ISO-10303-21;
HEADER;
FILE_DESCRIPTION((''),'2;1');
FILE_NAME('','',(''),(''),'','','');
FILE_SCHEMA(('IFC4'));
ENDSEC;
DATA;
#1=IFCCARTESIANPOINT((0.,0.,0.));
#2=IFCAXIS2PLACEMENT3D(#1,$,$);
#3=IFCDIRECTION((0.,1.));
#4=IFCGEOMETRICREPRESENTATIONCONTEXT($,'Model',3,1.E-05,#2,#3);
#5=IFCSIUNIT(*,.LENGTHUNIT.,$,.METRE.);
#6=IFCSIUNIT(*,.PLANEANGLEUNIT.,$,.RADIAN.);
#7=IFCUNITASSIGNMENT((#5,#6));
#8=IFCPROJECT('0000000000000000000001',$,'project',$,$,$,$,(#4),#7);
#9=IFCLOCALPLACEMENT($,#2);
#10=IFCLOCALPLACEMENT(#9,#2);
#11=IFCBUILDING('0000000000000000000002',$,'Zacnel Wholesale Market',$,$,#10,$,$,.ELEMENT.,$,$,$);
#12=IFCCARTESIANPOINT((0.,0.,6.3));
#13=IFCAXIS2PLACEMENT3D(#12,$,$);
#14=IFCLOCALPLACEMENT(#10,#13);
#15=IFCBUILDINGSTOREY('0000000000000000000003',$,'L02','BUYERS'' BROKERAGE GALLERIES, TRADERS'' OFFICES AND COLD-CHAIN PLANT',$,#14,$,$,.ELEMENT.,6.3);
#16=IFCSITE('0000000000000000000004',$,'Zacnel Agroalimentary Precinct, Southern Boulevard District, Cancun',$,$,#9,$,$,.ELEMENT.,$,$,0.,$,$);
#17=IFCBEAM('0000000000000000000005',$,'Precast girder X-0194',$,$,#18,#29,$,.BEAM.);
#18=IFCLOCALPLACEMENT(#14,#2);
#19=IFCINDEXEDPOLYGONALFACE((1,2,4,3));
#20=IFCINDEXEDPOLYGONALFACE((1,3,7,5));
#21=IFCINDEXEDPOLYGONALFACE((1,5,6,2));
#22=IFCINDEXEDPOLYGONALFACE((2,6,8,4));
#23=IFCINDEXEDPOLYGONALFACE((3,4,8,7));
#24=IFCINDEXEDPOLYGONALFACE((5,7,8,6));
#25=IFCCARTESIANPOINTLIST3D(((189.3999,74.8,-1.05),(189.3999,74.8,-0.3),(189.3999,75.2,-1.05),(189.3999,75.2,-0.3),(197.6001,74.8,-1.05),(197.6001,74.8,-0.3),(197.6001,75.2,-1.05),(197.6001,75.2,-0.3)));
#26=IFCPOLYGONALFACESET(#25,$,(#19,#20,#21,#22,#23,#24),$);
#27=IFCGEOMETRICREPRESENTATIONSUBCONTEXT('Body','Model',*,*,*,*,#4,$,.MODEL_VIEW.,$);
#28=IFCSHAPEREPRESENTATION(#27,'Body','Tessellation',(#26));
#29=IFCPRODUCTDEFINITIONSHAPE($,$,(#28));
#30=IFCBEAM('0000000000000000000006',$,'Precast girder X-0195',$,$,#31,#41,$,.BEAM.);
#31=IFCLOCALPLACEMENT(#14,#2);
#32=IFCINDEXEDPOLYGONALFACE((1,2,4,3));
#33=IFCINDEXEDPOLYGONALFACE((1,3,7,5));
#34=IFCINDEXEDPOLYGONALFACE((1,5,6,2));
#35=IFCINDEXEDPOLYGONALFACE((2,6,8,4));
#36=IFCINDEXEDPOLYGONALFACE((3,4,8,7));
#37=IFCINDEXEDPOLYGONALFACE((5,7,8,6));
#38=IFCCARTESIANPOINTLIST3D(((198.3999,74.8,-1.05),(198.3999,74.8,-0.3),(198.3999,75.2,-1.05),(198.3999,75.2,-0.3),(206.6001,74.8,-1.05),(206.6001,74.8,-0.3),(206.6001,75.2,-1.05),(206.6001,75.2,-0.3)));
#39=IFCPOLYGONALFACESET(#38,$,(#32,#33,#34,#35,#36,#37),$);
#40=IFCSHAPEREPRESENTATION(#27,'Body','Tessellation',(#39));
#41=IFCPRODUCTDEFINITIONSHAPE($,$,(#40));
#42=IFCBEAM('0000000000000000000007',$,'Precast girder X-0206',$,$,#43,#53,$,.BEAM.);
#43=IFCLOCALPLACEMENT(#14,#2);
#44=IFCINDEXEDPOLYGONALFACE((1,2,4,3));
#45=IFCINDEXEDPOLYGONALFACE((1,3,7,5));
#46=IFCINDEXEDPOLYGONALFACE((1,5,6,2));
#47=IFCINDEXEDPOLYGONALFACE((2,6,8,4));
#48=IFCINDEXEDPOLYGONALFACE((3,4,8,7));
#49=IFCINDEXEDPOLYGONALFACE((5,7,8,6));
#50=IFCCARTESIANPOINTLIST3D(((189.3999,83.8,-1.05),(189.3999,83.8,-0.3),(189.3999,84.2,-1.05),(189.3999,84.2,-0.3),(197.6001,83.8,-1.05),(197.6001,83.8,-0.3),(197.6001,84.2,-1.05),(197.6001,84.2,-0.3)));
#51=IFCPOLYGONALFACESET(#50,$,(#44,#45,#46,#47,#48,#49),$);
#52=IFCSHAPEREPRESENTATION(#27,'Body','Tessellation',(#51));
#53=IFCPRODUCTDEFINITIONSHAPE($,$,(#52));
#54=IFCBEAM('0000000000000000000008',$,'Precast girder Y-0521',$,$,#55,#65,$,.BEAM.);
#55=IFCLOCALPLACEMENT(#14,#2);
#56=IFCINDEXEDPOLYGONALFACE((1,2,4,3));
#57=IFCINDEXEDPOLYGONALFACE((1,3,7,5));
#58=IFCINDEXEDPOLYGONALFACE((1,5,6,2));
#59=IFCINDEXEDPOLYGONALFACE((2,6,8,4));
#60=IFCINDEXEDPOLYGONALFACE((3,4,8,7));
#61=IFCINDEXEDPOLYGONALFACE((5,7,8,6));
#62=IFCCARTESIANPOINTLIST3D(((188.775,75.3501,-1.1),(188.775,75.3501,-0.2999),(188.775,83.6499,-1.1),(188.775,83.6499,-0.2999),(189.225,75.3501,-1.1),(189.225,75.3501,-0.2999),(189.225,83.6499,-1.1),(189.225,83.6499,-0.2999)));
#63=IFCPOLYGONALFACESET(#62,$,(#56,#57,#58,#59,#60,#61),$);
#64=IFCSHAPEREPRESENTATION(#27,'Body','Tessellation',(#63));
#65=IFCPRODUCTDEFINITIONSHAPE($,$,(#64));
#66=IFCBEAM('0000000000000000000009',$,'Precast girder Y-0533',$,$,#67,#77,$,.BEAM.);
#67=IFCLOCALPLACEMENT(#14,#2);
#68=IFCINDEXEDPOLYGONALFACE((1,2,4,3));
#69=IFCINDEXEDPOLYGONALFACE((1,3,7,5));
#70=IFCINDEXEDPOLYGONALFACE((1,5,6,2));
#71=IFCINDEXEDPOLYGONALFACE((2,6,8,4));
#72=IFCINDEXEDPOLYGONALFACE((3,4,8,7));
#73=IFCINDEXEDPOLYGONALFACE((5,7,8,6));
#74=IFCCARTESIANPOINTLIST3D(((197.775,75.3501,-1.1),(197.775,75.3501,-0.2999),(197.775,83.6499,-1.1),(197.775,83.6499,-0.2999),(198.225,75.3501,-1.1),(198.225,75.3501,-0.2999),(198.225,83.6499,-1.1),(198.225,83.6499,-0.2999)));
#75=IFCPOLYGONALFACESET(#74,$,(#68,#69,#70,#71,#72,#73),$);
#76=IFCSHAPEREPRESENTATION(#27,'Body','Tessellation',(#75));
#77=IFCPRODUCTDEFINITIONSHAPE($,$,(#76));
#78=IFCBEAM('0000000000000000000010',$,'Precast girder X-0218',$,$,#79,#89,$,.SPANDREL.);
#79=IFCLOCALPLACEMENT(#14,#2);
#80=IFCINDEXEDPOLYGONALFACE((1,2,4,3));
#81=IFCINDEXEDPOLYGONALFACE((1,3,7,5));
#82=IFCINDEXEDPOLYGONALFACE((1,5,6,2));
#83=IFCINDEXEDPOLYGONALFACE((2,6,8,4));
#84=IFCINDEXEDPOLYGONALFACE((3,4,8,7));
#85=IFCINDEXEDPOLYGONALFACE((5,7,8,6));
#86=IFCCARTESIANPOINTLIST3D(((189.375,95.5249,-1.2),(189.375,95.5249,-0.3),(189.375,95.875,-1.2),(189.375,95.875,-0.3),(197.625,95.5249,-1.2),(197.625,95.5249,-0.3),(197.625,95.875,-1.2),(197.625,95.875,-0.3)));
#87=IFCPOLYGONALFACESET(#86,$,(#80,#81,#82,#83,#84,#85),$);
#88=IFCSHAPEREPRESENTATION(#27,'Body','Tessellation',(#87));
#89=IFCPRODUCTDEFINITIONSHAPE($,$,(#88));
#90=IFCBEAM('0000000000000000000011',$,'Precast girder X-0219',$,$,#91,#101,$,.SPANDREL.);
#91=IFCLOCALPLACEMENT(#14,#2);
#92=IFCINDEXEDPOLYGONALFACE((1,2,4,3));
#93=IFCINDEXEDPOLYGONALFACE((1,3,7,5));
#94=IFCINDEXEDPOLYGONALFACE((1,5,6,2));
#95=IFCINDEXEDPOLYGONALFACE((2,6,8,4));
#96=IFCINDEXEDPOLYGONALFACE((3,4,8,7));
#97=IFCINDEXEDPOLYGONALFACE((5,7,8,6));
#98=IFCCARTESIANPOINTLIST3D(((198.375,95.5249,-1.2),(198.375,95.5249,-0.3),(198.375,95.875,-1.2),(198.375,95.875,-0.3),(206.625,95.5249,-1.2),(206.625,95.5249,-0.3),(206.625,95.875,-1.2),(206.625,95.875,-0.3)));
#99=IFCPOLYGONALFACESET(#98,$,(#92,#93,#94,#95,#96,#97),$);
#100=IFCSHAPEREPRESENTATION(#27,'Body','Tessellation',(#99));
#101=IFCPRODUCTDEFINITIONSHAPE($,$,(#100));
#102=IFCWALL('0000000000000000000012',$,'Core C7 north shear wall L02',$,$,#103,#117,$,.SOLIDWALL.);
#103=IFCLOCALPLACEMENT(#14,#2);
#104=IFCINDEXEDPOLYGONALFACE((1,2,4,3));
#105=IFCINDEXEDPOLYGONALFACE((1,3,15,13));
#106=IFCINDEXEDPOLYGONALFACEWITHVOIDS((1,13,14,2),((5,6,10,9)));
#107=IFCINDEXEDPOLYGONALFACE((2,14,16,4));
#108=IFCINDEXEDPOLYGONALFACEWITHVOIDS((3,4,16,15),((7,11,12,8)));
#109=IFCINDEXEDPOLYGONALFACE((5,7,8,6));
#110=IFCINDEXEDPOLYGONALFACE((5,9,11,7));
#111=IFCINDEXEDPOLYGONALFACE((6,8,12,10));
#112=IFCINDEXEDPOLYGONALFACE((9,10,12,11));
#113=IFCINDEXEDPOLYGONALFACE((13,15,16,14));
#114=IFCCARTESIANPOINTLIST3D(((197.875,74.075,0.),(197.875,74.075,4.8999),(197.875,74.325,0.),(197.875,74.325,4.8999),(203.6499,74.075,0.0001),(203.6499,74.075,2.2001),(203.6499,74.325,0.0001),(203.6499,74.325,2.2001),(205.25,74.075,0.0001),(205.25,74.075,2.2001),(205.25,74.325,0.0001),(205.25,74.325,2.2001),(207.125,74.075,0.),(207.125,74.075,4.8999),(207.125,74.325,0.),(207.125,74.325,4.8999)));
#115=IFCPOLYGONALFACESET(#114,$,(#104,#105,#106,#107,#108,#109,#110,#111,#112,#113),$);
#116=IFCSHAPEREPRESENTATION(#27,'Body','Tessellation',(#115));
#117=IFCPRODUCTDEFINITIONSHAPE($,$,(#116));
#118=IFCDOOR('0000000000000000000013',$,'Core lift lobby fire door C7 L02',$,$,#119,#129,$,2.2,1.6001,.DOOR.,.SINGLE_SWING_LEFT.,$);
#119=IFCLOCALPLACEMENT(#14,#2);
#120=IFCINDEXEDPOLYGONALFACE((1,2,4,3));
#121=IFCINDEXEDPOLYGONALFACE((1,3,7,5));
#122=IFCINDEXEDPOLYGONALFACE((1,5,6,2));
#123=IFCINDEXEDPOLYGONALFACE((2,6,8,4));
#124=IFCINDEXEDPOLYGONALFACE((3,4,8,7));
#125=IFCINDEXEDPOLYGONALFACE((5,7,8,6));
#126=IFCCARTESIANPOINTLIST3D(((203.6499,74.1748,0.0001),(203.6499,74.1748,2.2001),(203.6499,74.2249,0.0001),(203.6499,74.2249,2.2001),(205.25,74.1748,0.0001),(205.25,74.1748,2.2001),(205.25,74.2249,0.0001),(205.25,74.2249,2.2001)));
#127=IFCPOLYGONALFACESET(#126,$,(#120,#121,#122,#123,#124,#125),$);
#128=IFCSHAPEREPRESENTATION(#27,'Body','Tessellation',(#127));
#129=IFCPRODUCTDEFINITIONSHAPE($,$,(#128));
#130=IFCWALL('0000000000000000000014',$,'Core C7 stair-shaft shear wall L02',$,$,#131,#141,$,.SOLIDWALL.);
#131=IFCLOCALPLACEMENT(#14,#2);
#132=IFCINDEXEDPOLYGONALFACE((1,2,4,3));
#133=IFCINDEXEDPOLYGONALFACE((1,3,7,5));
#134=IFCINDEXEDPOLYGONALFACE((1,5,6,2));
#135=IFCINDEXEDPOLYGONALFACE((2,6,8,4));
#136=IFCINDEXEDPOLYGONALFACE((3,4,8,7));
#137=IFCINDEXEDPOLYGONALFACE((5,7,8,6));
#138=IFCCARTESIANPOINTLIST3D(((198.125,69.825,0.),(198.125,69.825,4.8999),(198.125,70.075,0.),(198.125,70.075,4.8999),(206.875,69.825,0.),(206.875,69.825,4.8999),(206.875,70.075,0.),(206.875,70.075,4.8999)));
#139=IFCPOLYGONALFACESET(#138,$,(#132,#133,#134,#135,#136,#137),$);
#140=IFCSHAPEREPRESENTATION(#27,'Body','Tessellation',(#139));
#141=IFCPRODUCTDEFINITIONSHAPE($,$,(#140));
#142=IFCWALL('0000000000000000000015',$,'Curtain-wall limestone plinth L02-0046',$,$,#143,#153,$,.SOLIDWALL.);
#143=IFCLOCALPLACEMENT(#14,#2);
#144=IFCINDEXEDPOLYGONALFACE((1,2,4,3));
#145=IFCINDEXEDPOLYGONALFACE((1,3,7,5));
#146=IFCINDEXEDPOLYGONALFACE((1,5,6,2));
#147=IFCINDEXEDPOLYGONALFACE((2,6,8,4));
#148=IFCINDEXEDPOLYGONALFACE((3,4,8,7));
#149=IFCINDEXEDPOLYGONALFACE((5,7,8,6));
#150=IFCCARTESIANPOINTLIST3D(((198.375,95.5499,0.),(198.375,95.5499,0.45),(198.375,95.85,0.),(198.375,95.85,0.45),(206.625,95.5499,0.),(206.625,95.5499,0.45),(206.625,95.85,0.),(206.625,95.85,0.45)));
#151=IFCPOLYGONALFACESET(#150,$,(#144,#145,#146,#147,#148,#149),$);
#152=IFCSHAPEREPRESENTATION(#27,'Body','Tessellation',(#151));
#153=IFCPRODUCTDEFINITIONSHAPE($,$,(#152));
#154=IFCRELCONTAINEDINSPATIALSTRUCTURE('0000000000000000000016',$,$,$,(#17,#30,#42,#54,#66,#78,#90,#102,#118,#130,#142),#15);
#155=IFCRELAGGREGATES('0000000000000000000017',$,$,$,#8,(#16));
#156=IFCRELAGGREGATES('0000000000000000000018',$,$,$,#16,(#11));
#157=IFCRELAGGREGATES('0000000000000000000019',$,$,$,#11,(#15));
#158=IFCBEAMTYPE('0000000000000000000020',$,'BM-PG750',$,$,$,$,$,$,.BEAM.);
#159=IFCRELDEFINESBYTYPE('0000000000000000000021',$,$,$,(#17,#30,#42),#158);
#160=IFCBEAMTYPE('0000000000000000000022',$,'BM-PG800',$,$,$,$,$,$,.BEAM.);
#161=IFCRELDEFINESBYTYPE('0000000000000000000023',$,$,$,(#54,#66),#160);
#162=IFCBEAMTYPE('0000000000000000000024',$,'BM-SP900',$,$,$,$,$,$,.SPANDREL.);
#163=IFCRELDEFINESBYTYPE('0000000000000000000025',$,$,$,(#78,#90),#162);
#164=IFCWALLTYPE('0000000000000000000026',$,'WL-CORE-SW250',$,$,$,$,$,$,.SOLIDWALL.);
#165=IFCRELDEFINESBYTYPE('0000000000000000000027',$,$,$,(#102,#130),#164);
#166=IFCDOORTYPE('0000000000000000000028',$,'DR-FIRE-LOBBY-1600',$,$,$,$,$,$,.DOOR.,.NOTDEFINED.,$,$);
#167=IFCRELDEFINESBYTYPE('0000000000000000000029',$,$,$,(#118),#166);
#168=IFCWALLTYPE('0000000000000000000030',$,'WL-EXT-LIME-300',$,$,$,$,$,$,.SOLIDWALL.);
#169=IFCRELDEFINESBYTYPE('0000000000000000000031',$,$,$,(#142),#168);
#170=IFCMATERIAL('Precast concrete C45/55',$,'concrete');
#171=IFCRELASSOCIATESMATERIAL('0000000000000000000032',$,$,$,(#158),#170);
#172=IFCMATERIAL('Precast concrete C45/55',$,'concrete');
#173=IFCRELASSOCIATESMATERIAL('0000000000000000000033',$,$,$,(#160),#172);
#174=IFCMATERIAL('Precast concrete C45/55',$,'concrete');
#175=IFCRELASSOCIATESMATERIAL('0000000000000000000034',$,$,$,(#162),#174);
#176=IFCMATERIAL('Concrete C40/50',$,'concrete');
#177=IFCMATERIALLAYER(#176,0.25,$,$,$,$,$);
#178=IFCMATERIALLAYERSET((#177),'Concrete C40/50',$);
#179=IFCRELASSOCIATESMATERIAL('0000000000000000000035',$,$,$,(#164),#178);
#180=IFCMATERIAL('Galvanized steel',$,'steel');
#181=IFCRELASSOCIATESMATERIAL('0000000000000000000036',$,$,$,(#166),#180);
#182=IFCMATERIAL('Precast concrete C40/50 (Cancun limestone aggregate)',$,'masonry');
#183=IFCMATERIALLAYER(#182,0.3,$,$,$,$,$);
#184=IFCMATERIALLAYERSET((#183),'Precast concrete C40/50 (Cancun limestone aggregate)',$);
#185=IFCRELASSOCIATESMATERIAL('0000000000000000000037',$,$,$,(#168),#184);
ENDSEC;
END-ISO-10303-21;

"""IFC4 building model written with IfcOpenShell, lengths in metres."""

from ifc_helpers import new_model, si_unit, direction, frame, frame_2d, origin, origin_2d, place, context, subcontext, project, spatial, rectangle, extrude, material, layer, layer_set, material_profile, profile_set, type_object, element, fill, save


model = new_model("IFC4")

# Units and contexts
model_context = context("Model", 3, precision=1e-05, world=origin(), true_north=direction((0.0, 1.0)))
body_context = subcontext(model_context, "Body", "Model", "MODEL_VIEW")
ifc_project = project(units=[si_unit("LENGTHUNIT", "METRE"), si_unit("PLANEANGLEUNIT", "RADIAN")], contexts=[model_context])

# Site, building, storey
site_placement = place(None, origin())
site = spatial("IfcSite", under=ifc_project, at=site_placement, Name="Zacnel Agroalimentary Precinct, Southern Boulevard District, Cancun", CompositionType="ELEMENT", RefElevation=0.0)
building_placement = place(site_placement, origin())
building = spatial("IfcBuilding", under=site, at=building_placement, Name="Zacnel Wholesale Market", CompositionType="ELEMENT")
storey_placement = place(building_placement, frame((0.0, 0.0, 6.3)))
storey = spatial("IfcBuildingStorey", under=building, at=storey_placement, Name="L02", Description="BUYERS' BROKERAGE GALLERIES, TRADERS' OFFICES AND COLD-CHAIN PLANT", CompositionType="ELEMENT", Elevation=6.3)

# Beams
ifc_material_1 = material(Name="Precast concrete C45/55", Category="concrete")
ifc_material_profile_1 = material_profile(ifc_material_1, rectangle(XDim=0.3999, YDim=0.75, at=origin_2d()), Name="PG 400x750")
ifc_profile_set_1 = profile_set([ifc_material_profile_1], Name="Precast concrete C45/55")
beam_type_1 = type_object("IfcBeamType", Name="BM-PG750", PredefinedType="BEAM", material=ifc_profile_set_1)
for number, where, z_axis, x_axis, name in (
    (1, (189.3999, 75.0, -0.675), (1.0, 0.0, 0.0), (0.0, 1.0, 0.0), "Precast girder X-0194"),
    (2, (198.3999, 75.0, -0.675), (1.0, 0.0, 0.0), (0.0, 1.0, 0.0), "Precast girder X-0195"),
    (3, (189.3999, 84.0, -0.675), (1.0, 0.0, 0.0), (0.0, 1.0, 0.0), "Precast girder X-0206"),
):
    element("IfcBeam", number, at=place(storey_placement, frame(where, z_axis=z_axis, x_axis=x_axis)), inside=storey, type_object=beam_type_1, Name=name, PredefinedType="BEAM", context=body_context, shape_type="SweptSolid", body=[
        extrude(rectangle(XDim=0.3999, YDim=0.75, at=origin_2d()), origin(), (0.0, 0.0, 1.0), 8.2002),
    ])
ifc_material_2 = material(Name="Precast concrete C45/55", Category="concrete")
ifc_material_profile_2 = material_profile(ifc_material_2, rectangle(XDim=0.45, YDim=0.8, at=origin_2d()), Name="PG 450x800")
ifc_profile_set_2 = profile_set([ifc_material_profile_2], Name="Precast concrete C45/55")
beam_type_2 = type_object("IfcBeamType", Name="BM-PG800", PredefinedType="BEAM", material=ifc_profile_set_2)
for number, where, z_axis, x_axis, name in (
    (4, (189.0, 75.3501, -0.7), (0.0, 1.0, 0.0), (-1.0, 0.0, 0.0), "Precast girder Y-0521"),
    (5, (198.0, 75.3501, -0.7), (0.0, 1.0, 0.0), (-1.0, 0.0, 0.0), "Precast girder Y-0533"),
):
    element("IfcBeam", number, at=place(storey_placement, frame(where, z_axis=z_axis, x_axis=x_axis)), inside=storey, type_object=beam_type_2, Name=name, PredefinedType="BEAM", context=body_context, shape_type="SweptSolid", body=[
        extrude(rectangle(XDim=0.45, YDim=0.8, at=origin_2d()), origin(), (0.0, 0.0, 1.0), 8.2998),
    ])
ifc_material_3 = material(Name="Precast concrete C45/55", Category="concrete")
ifc_material_profile_3 = material_profile(ifc_material_3, rectangle(XDim=0.3501, YDim=0.8999, at=origin_2d()), Name="SP 350x900")
ifc_profile_set_3 = profile_set([ifc_material_profile_3], Name="Precast concrete C45/55")
beam_type_3 = type_object("IfcBeamType", Name="BM-SP900", PredefinedType="SPANDREL", material=ifc_profile_set_3)
for number, where, z_axis, x_axis, name in (
    (6, (189.375, 95.7, -0.75), (1.0, 0.0, 0.0), (0.0, 1.0, 0.0), "Precast girder X-0218"),
    (7, (198.375, 95.7, -0.75), (1.0, 0.0, 0.0), (0.0, 1.0, 0.0), "Precast girder X-0219"),
):
    element("IfcBeam", number, at=place(storey_placement, frame(where, z_axis=z_axis, x_axis=x_axis)), inside=storey, type_object=beam_type_3, Name=name, PredefinedType="SPANDREL", context=body_context, shape_type="SweptSolid", body=[
        extrude(rectangle(XDim=0.3501, YDim=0.8999, at=origin_2d()), origin(), (0.0, 0.0, 1.0), 8.25),
    ])

# Wall, opening, door
ifc_material_4 = material(Name="Concrete C40/50", Category="concrete")
ifc_layer_1 = layer(ifc_material_4, 0.25)
ifc_layer_set_1 = layer_set([ifc_layer_1], Name="Concrete C40/50")
wall_type_1 = type_object("IfcWallType", Name="WL-CORE-SW250", PredefinedType="SOLIDWALL", material=ifc_layer_set_1)
wall_1_placement = place(storey_placement, frame((197.875, 74.2, 0.0), z_axis=(0.0, 0.0, 1.0), x_axis=(1.0, 0.0, 0.0)))
wall_1 = element("IfcWall", 8, at=wall_1_placement, inside=storey, type_object=wall_type_1, Name="Core C7 north shear wall L02", PredefinedType="SOLIDWALL", context=body_context, shape_type="SweptSolid", body=[
    extrude(rectangle(XDim=9.25, YDim=0.25, at=frame_2d((4.625, 0.0))), origin(), (0.0, 0.0, 1.0), 4.8999),
])
opening_1_placement = place(wall_1_placement, frame((5.7749, 0.0, 0.0)))
opening_1 = element("IfcOpeningElement", 9, at=opening_1_placement, cuts=wall_1, PredefinedType="OPENING", context=body_context, shape_type="SweptSolid", body=[
    extrude(rectangle(XDim=1.6001, YDim=2.2, at=frame_2d((0.8, 1.1001))), frame((0.0, 0.135, 0.0), z_axis=(0.0, -1.0, 0.0), x_axis=(1.0, 0.0, 0.0)), (0.0, 0.0, 1.0), 0.27),
])
ifc_material_5 = material(Name="Galvanized steel", Category="steel")
door_type_1 = type_object("IfcDoorType", Name="DR-FIRE-LOBBY-1600", OperationType="NOTDEFINED", PredefinedType="DOOR", material=ifc_material_5)
door_1_placement = place(opening_1_placement, origin())
door_1 = element("IfcDoor", 10, at=door_1_placement, inside=storey, type_object=door_type_1, Name="Core lift lobby fire door C7 L02", OperationType="SINGLE_SWING_LEFT", OverallHeight=2.2, OverallWidth=1.6001, PredefinedType="DOOR", context=body_context, shape_type="SweptSolid", body=[
    extrude(rectangle(XDim=1.6001, YDim=2.2, at=frame_2d((0.8, 1.1001))), frame((0.0, 0.0249, 0.0), z_axis=(0.0, -1.0, 0.0), x_axis=(1.0, 0.0, 0.0)), (0.0, 0.0, 1.0), 0.05),
])
fill(opening_1, door_1)

# Walls
wall_2_placement = place(storey_placement, frame((198.125, 69.95, 0.0), z_axis=(0.0, 0.0, 1.0), x_axis=(1.0, 0.0, 0.0)))
element("IfcWall", 11, at=wall_2_placement, inside=storey, type_object=wall_type_1, Name="Core C7 stair-shaft shear wall L02", PredefinedType="SOLIDWALL", context=body_context, shape_type="SweptSolid", body=[
    extrude(rectangle(XDim=8.75, YDim=0.25, at=frame_2d((4.375, 0.0))), origin(), (0.0, 0.0, 1.0), 4.8999),
])
ifc_material_6 = material(Name="Precast concrete C40/50 (Cancun limestone aggregate)", Category="masonry")
ifc_layer_2 = layer(ifc_material_6, 0.3)
ifc_layer_set_2 = layer_set([ifc_layer_2], Name="Precast concrete C40/50 (Cancun limestone aggregate)")
wall_type_2 = type_object("IfcWallType", Name="WL-EXT-LIME-300", PredefinedType="SOLIDWALL", material=ifc_layer_set_2)
wall_3_placement = place(storey_placement, frame((198.375, 95.7, 0.0), z_axis=(0.0, 0.0, 1.0), x_axis=(1.0, 0.0, 0.0)))
element("IfcWall", 12, at=wall_3_placement, inside=storey, type_object=wall_type_2, Name="Curtain-wall limestone plinth L02-0046", PredefinedType="SOLIDWALL", context=body_context, shape_type="SweptSolid", body=[
    extrude(rectangle(XDim=8.25, YDim=0.3, at=frame_2d((4.125, 0.0))), origin(), (0.0, 0.0, 1.0), 0.45),
])

save(model, "model.ifc")
